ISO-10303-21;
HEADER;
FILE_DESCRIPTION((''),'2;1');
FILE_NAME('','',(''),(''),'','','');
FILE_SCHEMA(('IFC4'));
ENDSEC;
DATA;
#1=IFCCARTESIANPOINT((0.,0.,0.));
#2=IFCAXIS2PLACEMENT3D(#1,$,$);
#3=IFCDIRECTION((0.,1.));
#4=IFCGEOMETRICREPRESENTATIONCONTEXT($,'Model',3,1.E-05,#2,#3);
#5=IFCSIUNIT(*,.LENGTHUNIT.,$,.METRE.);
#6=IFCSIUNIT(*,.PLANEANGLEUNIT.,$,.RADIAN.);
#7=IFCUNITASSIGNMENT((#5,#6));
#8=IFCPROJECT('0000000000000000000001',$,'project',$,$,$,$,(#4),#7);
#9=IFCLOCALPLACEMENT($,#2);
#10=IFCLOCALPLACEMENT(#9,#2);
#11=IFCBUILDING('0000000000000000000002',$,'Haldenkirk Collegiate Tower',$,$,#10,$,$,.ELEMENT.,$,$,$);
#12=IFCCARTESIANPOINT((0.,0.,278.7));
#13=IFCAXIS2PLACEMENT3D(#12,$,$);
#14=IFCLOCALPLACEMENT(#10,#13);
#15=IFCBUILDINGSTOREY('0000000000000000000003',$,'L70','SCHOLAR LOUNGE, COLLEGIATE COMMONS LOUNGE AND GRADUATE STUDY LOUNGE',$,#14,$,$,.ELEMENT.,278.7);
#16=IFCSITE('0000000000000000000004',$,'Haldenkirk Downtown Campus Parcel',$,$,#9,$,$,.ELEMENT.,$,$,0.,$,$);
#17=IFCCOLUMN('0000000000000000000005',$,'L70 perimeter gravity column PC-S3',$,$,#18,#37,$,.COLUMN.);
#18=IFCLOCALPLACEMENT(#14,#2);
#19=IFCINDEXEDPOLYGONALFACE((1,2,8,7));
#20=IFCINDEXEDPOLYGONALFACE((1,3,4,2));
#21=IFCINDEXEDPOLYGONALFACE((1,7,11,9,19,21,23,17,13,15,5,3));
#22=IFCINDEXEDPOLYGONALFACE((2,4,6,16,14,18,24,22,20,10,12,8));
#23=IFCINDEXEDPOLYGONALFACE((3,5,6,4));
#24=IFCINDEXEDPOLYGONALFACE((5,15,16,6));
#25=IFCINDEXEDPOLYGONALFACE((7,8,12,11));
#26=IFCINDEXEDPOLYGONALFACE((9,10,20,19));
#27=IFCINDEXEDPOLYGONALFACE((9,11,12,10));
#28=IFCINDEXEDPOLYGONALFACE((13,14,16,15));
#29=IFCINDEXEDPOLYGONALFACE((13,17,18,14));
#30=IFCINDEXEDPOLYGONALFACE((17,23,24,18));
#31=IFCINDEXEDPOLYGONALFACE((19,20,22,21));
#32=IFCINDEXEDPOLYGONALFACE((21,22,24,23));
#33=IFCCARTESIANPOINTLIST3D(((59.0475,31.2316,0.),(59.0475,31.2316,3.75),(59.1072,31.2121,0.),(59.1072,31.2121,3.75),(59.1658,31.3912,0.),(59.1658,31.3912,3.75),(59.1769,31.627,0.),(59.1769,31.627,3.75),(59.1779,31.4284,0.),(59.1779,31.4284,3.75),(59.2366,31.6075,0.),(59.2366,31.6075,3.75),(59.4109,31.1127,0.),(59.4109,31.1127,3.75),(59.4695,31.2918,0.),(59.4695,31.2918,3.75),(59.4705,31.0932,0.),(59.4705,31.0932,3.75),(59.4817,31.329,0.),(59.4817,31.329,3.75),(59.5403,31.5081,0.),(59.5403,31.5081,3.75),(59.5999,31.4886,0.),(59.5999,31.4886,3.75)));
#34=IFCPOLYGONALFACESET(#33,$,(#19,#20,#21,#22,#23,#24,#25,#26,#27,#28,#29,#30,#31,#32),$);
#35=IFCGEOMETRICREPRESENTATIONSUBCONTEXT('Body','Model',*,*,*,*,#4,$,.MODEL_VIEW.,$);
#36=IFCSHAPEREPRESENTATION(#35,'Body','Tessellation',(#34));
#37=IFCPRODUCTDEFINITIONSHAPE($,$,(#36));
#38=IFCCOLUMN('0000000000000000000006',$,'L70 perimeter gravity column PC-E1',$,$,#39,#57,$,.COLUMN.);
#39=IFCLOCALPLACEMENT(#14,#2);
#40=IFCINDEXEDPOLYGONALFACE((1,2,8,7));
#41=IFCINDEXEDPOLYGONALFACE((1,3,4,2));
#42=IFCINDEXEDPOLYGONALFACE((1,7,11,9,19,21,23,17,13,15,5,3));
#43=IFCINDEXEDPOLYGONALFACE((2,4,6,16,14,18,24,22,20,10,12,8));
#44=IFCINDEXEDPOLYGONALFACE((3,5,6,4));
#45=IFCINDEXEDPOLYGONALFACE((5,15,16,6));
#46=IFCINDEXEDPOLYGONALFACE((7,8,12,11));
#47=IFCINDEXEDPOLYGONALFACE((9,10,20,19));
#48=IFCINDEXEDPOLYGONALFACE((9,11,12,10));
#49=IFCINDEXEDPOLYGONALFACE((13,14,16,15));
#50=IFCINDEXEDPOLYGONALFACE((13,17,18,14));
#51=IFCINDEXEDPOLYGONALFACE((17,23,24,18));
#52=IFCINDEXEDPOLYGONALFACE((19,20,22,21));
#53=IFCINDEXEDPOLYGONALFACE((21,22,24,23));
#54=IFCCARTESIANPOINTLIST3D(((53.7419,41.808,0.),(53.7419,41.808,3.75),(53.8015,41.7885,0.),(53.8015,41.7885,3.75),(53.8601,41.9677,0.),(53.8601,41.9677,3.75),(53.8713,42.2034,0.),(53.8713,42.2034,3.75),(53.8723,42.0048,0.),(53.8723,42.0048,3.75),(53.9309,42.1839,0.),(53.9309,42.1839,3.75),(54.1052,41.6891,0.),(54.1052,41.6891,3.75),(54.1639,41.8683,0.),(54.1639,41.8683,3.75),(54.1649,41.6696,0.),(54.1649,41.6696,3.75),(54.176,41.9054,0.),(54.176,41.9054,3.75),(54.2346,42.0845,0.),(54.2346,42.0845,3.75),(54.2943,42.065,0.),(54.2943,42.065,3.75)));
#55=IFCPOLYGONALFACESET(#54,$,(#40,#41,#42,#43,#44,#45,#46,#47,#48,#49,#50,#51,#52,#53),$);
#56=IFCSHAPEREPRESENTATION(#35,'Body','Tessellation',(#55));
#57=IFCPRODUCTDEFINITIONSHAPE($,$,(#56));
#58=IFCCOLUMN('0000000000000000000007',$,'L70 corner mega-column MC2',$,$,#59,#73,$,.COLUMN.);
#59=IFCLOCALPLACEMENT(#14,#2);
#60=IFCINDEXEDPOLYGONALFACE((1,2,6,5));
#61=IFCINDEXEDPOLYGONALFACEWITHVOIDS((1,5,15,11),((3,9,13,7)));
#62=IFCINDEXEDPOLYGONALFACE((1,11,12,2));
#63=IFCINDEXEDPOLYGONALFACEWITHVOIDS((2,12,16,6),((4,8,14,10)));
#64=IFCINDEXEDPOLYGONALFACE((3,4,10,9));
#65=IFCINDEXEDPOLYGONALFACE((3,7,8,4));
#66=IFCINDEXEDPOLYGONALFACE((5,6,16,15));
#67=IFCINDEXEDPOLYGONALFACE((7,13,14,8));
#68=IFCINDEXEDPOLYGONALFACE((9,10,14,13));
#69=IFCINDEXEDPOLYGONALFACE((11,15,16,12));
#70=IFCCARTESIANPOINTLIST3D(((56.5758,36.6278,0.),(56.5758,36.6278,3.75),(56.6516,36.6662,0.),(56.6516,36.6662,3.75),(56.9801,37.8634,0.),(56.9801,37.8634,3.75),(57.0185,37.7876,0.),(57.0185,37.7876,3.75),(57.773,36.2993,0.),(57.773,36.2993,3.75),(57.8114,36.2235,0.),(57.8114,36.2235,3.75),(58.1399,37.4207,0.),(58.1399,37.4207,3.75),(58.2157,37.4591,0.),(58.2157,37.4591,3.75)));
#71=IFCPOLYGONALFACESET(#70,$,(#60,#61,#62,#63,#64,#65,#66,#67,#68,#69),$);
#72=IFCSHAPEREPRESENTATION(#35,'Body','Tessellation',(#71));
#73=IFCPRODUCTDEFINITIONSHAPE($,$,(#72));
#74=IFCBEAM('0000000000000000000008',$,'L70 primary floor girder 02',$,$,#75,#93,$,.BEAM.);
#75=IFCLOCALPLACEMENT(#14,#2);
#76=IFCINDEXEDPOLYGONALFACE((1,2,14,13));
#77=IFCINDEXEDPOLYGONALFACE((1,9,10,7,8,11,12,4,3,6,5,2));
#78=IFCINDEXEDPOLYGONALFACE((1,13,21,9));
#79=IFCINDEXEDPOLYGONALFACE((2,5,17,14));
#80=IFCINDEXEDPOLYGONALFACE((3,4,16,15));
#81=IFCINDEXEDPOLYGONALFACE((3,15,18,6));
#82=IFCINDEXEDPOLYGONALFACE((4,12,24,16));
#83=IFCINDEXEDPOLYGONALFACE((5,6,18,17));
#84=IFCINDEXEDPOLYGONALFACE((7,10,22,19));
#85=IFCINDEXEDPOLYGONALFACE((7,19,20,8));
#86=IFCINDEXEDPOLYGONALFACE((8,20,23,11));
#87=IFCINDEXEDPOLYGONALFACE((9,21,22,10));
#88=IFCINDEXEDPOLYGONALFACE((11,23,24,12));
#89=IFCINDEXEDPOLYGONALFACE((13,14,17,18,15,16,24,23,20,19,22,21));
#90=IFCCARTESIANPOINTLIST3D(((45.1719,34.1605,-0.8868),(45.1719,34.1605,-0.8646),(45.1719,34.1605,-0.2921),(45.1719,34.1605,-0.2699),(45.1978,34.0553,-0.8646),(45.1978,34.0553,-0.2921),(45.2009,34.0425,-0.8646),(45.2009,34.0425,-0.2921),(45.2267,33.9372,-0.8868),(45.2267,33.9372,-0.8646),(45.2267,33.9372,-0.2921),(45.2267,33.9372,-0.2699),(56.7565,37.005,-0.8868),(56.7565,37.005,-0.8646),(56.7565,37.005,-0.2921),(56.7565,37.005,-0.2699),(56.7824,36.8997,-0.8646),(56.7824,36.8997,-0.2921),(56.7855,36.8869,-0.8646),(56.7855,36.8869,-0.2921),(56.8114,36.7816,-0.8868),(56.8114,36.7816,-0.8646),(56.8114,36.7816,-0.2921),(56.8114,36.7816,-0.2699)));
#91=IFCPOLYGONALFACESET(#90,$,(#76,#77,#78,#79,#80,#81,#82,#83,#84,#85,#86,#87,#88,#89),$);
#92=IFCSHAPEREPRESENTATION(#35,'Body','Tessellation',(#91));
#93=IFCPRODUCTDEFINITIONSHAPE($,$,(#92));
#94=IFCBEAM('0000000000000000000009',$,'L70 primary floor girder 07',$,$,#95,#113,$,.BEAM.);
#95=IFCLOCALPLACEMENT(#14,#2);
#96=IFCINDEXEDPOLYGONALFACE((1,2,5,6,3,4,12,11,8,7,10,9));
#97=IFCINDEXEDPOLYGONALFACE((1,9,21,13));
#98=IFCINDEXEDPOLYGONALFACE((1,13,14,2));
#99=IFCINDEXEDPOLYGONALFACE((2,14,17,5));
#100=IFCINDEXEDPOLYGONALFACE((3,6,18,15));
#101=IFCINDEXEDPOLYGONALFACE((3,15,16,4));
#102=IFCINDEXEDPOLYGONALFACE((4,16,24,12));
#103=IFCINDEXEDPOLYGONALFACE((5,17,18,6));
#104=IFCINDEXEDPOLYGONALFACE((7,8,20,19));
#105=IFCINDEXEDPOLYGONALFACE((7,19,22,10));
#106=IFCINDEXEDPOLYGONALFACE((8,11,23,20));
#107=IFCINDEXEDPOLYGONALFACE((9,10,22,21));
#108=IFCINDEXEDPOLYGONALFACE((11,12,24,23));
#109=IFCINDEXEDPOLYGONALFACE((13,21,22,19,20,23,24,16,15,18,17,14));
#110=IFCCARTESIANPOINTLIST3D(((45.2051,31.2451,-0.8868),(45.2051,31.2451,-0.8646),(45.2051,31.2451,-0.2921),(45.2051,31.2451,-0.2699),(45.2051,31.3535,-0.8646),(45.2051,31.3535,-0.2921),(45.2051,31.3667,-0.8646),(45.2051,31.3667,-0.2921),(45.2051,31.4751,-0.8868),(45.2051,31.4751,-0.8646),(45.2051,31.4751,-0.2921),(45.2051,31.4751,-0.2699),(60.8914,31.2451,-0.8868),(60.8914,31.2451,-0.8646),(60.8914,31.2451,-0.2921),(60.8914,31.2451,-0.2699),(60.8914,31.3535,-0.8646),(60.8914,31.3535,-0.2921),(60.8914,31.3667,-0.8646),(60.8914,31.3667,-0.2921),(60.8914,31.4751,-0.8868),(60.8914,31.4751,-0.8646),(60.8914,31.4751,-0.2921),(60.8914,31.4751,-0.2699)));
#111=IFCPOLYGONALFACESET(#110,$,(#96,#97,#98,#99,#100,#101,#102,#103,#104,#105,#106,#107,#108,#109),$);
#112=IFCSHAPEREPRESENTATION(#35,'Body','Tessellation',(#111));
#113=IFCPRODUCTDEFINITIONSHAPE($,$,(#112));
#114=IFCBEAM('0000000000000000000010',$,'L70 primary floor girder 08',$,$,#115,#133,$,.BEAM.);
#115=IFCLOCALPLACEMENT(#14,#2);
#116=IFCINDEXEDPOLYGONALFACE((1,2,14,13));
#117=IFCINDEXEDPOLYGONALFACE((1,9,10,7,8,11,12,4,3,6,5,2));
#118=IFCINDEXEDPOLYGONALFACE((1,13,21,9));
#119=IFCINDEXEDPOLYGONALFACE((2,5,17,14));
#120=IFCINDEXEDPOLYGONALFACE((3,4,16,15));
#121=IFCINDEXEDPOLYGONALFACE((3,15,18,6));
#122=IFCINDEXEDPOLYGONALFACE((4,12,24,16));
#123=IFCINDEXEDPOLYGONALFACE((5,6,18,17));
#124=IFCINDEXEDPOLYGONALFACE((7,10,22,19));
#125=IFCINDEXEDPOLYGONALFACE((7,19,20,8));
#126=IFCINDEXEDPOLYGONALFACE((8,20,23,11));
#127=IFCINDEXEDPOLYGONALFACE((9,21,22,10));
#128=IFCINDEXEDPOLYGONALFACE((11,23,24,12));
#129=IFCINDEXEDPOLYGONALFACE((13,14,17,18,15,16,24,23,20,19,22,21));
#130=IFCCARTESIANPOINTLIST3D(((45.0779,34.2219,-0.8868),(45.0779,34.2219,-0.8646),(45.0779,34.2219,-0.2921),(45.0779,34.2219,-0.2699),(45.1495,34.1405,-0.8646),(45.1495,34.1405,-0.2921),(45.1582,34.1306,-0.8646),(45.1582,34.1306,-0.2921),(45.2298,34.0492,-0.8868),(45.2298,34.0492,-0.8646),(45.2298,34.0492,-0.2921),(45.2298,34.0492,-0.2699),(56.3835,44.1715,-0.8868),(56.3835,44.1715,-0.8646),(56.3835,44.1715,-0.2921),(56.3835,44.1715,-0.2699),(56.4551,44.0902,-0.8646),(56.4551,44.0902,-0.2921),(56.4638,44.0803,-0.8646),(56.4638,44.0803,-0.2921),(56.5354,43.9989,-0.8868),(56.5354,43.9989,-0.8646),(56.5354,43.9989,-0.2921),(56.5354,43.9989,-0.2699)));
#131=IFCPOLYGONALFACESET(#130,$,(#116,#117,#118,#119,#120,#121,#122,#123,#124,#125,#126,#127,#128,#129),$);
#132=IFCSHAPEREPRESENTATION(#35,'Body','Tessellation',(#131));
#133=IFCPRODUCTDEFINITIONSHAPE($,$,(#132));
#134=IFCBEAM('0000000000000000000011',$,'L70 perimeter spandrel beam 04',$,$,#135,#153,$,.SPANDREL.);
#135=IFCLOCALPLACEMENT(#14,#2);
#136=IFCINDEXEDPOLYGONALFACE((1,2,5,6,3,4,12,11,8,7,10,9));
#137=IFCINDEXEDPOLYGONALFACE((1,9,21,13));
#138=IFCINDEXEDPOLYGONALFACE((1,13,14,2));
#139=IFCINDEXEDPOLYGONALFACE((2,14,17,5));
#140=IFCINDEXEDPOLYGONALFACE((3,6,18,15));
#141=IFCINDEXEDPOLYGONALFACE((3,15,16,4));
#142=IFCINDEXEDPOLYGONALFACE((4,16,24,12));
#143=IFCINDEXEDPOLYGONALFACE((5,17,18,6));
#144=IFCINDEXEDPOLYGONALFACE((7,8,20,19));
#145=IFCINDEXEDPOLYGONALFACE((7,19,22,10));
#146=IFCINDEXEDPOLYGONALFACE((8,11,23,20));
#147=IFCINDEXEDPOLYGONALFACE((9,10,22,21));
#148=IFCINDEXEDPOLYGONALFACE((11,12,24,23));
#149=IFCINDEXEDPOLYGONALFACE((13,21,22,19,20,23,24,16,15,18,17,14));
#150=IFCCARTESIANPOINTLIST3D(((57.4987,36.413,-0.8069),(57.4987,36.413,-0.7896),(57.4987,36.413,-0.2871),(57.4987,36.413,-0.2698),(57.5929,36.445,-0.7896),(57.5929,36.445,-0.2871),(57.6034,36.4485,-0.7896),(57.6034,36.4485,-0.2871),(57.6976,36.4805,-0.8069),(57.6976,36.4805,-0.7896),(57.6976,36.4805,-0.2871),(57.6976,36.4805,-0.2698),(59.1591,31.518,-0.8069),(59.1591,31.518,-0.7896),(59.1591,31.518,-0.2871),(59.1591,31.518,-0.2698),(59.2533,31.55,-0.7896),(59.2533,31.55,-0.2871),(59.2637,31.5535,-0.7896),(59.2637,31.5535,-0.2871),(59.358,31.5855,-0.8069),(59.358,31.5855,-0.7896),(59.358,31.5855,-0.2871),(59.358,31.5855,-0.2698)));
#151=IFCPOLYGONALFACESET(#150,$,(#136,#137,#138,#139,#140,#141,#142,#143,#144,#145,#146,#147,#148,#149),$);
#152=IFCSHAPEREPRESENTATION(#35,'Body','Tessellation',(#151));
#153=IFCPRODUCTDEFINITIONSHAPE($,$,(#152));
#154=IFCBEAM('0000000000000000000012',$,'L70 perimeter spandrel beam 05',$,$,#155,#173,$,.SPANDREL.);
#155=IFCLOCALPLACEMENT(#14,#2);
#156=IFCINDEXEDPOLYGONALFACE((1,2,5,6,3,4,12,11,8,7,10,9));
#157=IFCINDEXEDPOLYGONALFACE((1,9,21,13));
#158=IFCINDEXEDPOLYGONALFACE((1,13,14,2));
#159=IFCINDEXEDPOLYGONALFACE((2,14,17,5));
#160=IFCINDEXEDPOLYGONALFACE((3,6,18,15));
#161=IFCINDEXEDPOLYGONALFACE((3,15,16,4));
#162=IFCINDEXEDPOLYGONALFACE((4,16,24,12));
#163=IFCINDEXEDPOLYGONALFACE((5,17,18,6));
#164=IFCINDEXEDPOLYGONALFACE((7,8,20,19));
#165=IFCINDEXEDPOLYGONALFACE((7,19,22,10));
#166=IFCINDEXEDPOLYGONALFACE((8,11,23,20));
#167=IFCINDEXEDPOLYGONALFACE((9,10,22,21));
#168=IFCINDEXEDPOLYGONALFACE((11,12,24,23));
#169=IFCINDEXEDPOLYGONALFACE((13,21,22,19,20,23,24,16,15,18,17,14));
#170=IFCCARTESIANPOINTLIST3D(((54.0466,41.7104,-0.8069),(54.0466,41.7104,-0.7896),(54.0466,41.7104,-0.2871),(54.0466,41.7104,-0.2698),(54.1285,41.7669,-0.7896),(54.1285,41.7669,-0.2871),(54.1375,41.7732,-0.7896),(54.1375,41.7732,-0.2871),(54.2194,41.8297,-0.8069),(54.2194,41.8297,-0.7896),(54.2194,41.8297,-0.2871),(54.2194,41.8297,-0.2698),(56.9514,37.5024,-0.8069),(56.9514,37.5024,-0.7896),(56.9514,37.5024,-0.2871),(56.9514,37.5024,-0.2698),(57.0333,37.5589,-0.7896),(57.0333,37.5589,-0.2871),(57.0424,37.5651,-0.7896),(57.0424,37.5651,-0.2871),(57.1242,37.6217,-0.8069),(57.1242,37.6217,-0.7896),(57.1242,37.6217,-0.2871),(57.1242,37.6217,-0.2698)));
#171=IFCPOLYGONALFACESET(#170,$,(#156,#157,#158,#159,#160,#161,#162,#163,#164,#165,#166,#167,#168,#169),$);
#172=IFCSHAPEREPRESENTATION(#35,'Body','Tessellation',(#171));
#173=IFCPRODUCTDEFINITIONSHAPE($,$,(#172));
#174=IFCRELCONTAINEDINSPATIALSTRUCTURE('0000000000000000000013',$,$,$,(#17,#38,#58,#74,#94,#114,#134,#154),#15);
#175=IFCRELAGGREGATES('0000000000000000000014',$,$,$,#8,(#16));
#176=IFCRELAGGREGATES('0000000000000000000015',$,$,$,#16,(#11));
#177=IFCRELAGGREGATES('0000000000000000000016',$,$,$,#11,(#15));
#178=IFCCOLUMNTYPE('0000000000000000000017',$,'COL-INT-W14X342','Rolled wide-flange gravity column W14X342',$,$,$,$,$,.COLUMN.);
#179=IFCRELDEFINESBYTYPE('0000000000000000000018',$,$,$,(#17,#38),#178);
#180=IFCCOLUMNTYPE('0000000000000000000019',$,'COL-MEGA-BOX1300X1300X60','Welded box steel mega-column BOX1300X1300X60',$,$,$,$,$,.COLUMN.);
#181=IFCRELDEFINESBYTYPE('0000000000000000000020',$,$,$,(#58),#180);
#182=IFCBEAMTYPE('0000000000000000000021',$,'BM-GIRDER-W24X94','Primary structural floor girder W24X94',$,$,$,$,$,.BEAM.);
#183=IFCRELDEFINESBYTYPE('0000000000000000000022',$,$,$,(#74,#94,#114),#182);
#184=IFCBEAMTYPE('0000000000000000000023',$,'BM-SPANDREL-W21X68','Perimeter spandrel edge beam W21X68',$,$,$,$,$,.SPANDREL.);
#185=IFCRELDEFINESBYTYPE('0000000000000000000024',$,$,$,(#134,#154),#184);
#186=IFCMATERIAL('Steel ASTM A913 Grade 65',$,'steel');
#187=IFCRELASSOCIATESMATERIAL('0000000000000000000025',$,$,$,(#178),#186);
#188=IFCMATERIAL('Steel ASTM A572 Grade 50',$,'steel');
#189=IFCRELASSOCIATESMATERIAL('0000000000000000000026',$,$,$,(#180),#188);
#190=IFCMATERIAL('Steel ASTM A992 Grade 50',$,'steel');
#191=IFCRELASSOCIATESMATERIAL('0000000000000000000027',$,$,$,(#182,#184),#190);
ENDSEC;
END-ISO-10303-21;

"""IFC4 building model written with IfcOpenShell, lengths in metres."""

from ifc_helpers import new_model, si_unit, direction, frame, origin, origin_2d, place, context, subcontext, project, spatial, hollow_rectangle, i_section, extrude, material, material_profile, profile_set, type_object, element, save


model = new_model("IFC4")

# Units and contexts
model_context = context("Model", 3, precision=1e-05, world=origin(), true_north=direction((0.0, 1.0)))
body_context = subcontext(model_context, "Body", "Model", "MODEL_VIEW")
ifc_project = project(units=[si_unit("LENGTHUNIT", "METRE"), si_unit("PLANEANGLEUNIT", "RADIAN")], contexts=[model_context])

# Site, building, storey
site_placement = place(None, origin())
site = spatial("IfcSite", under=ifc_project, at=site_placement, Name="Haldenkirk Downtown Campus Parcel", CompositionType="ELEMENT", RefElevation=0.0)
building_placement = place(site_placement, origin())
building = spatial("IfcBuilding", under=site, at=building_placement, Name="Haldenkirk Collegiate Tower", CompositionType="ELEMENT")
storey_placement = place(building_placement, frame((0.0, 0.0, 278.7)))
storey = spatial("IfcBuildingStorey", under=building, at=storey_placement, Name="L70", Description="SCHOLAR LOUNGE, COLLEGIATE COMMONS LOUNGE AND GRADUATE STUDY LOUNGE", CompositionType="ELEMENT", Elevation=278.7)

# Columns
ifc_material_1 = material(Name="Steel ASTM A913 Grade 65", Category="steel")
ifc_material_profile_1 = material_profile(ifc_material_1, i_section(OverallWidth=0.416, OverallDepth=0.4451, WebThickness=0.0391, FlangeThickness=0.0627, at=origin_2d()), Name="W14X342")
ifc_profile_set_1 = profile_set([ifc_material_profile_1], Name="Steel ASTM A913 Grade 65")
column_type_1 = type_object("IfcColumnType", Name="COL-INT-W14X342", Description="Rolled wide-flange gravity column W14X342", PredefinedType="COLUMN", material=ifc_profile_set_1)
for number, where, z_axis, x_axis, name in (
    (1, (59.3237, 31.3601, 0.0), (0.0, 0.0, 1.0), (0.311008, 0.950407, 0.0), "L70 perimeter gravity column PC-S3"),
    (2, (54.0181, 41.9365, 0.0), (0.0, 0.0, 1.0), (0.311008, 0.950407, 0.0), "L70 perimeter gravity column PC-E1"),
):
    element("IfcColumn", number, at=place(storey_placement, frame(where, z_axis=z_axis, x_axis=x_axis)), inside=storey, type_object=column_type_1, Name=name, PredefinedType="COLUMN", context=body_context, shape_type="SweptSolid", body=[
        extrude(i_section(OverallWidth=0.416, OverallDepth=0.4451, WebThickness=0.0391, FlangeThickness=0.0627, at=origin_2d()), origin(), (0.0, 0.0, 1.0), 3.75),
    ])
ifc_material_2 = material(Name="Steel ASTM A572 Grade 50", Category="steel")
ifc_material_profile_2 = material_profile(ifc_material_2, hollow_rectangle(XDim=1.3, YDim=1.3, WallThickness=0.0601, at=origin_2d()), Name="BOX1300X1300X60")
ifc_profile_set_2 = profile_set([ifc_material_profile_2], Name="Steel ASTM A572 Grade 50")
column_type_2 = type_object("IfcColumnType", Name="COL-MEGA-BOX1300X1300X60", Description="Welded box steel mega-column BOX1300X1300X60", PredefinedType="COLUMN", material=ifc_profile_set_2)
column_placement = place(storey_placement, frame((57.3958, 37.0435, 0.0), z_axis=(0.0, 0.0, 1.0), x_axis=(0.311008, 0.950407, 0.0)))
element("IfcColumn", 3, at=column_placement, inside=storey, type_object=column_type_2, Name="L70 corner mega-column MC2", PredefinedType="COLUMN", context=body_context, shape_type="SweptSolid", body=[
    extrude(hollow_rectangle(XDim=1.3, YDim=1.3, WallThickness=0.0601, at=origin_2d()), origin(), (0.0, 0.0, 1.0), 3.75),
])

# Beams
ifc_material_3 = material(Name="Steel ASTM A992 Grade 50", Category="steel")
ifc_material_profile_3 = material_profile(ifc_material_3, i_section(OverallWidth=0.23, OverallDepth=0.6169, WebThickness=0.0132, FlangeThickness=0.0222, at=origin_2d()), Name="W24X94")
ifc_profile_set_3 = profile_set([ifc_material_profile_3], Name="Steel ASTM A992 Grade 50")
beam_type_1 = type_object("IfcBeamType", Name="BM-GIRDER-W24X94", Description="Primary structural floor girder W24X94", PredefinedType="BEAM", material=ifc_profile_set_3)
beam_1_placement = place(storey_placement, frame((56.7839, 36.8933, -0.5784), z_axis=(-0.971154, -0.238455, 0.0), x_axis=(0.238455, -0.971154, 0.0)))
element("IfcBeam", 4, at=beam_1_placement, inside=storey, type_object=beam_type_1, Name="L70 primary floor girder 02", PredefinedType="BEAM", context=body_context, shape_type="SweptSolid", body=[
    extrude(i_section(OverallWidth=0.23, OverallDepth=0.6169, WebThickness=0.0132, FlangeThickness=0.0222, at=origin_2d()), origin(), (0.0, 0.0, 1.0), 11.9287),
])
beam_2_placement = place(storey_placement, frame((60.8914, 31.3601, -0.5784), z_axis=(-1.0, 0.0, 0.0), x_axis=(0.0, -1.0, 0.0)))
element("IfcBeam", 5, at=beam_2_placement, inside=storey, type_object=beam_type_1, Name="L70 primary floor girder 07", PredefinedType="BEAM", context=body_context, shape_type="SweptSolid", body=[
    extrude(i_section(OverallWidth=0.23, OverallDepth=0.6169, WebThickness=0.0132, FlangeThickness=0.0222, at=origin_2d()), origin(), (0.0, 0.0, 1.0), 15.6863),
])
beam_3_placement = place(storey_placement, frame((56.4595, 44.0852, -0.5784), z_axis=(-0.75069, -0.660655, 0.0), x_axis=(0.660655, -0.75069, 0.0)))
element("IfcBeam", 6, at=beam_3_placement, inside=storey, type_object=beam_type_1, Name="L70 primary floor girder 08", PredefinedType="BEAM", context=body_context, shape_type="SweptSolid", body=[
    extrude(i_section(OverallWidth=0.23, OverallDepth=0.6169, WebThickness=0.0132, FlangeThickness=0.0222, at=origin_2d()), origin(), (0.0, 0.0, 1.0), 15.0603),
])
ifc_material_profile_4 = material_profile(ifc_material_3, i_section(OverallWidth=0.21, OverallDepth=0.5371, WebThickness=0.011, FlangeThickness=0.0173, at=origin_2d()), Name="W21X68")
ifc_profile_set_4 = profile_set([ifc_material_profile_4], Name="Steel ASTM A992 Grade 50")
beam_type_2 = type_object("IfcBeamType", Name="BM-SPANDREL-W21X68", Description="Perimeter spandrel edge beam W21X68", PredefinedType="SPANDREL", material=ifc_profile_set_4)
beam_4_placement = place(storey_placement, frame((59.2585, 31.5518, -0.5383), z_axis=(-0.321225, 0.947003, 0.0), x_axis=(-0.947003, -0.321225, 0.0)))
element("IfcBeam", 7, at=beam_4_placement, inside=storey, type_object=beam_type_2, Name="L70 perimeter spandrel beam 04", PredefinedType="SPANDREL", context=body_context, shape_type="SweptSolid", body=[
    extrude(i_section(OverallWidth=0.21, OverallDepth=0.5371, WebThickness=0.011, FlangeThickness=0.0173, at=origin_2d()), origin(), (0.0, 0.0, 1.0), 5.1689),
])
beam_5_placement = place(storey_placement, frame((57.0378, 37.562, -0.5383), z_axis=(-0.568092, 0.822965, 0.0), x_axis=(-0.822965, -0.568092, 0.0)))
element("IfcBeam", 8, at=beam_5_placement, inside=storey, type_object=beam_type_2, Name="L70 perimeter spandrel beam 05", PredefinedType="SPANDREL", context=body_context, shape_type="SweptSolid", body=[
    extrude(i_section(OverallWidth=0.21, OverallDepth=0.5371, WebThickness=0.011, FlangeThickness=0.0173, at=origin_2d()), origin(), (0.0, 0.0, 1.0), 5.1133),
])

save(model, "model.ifc")
